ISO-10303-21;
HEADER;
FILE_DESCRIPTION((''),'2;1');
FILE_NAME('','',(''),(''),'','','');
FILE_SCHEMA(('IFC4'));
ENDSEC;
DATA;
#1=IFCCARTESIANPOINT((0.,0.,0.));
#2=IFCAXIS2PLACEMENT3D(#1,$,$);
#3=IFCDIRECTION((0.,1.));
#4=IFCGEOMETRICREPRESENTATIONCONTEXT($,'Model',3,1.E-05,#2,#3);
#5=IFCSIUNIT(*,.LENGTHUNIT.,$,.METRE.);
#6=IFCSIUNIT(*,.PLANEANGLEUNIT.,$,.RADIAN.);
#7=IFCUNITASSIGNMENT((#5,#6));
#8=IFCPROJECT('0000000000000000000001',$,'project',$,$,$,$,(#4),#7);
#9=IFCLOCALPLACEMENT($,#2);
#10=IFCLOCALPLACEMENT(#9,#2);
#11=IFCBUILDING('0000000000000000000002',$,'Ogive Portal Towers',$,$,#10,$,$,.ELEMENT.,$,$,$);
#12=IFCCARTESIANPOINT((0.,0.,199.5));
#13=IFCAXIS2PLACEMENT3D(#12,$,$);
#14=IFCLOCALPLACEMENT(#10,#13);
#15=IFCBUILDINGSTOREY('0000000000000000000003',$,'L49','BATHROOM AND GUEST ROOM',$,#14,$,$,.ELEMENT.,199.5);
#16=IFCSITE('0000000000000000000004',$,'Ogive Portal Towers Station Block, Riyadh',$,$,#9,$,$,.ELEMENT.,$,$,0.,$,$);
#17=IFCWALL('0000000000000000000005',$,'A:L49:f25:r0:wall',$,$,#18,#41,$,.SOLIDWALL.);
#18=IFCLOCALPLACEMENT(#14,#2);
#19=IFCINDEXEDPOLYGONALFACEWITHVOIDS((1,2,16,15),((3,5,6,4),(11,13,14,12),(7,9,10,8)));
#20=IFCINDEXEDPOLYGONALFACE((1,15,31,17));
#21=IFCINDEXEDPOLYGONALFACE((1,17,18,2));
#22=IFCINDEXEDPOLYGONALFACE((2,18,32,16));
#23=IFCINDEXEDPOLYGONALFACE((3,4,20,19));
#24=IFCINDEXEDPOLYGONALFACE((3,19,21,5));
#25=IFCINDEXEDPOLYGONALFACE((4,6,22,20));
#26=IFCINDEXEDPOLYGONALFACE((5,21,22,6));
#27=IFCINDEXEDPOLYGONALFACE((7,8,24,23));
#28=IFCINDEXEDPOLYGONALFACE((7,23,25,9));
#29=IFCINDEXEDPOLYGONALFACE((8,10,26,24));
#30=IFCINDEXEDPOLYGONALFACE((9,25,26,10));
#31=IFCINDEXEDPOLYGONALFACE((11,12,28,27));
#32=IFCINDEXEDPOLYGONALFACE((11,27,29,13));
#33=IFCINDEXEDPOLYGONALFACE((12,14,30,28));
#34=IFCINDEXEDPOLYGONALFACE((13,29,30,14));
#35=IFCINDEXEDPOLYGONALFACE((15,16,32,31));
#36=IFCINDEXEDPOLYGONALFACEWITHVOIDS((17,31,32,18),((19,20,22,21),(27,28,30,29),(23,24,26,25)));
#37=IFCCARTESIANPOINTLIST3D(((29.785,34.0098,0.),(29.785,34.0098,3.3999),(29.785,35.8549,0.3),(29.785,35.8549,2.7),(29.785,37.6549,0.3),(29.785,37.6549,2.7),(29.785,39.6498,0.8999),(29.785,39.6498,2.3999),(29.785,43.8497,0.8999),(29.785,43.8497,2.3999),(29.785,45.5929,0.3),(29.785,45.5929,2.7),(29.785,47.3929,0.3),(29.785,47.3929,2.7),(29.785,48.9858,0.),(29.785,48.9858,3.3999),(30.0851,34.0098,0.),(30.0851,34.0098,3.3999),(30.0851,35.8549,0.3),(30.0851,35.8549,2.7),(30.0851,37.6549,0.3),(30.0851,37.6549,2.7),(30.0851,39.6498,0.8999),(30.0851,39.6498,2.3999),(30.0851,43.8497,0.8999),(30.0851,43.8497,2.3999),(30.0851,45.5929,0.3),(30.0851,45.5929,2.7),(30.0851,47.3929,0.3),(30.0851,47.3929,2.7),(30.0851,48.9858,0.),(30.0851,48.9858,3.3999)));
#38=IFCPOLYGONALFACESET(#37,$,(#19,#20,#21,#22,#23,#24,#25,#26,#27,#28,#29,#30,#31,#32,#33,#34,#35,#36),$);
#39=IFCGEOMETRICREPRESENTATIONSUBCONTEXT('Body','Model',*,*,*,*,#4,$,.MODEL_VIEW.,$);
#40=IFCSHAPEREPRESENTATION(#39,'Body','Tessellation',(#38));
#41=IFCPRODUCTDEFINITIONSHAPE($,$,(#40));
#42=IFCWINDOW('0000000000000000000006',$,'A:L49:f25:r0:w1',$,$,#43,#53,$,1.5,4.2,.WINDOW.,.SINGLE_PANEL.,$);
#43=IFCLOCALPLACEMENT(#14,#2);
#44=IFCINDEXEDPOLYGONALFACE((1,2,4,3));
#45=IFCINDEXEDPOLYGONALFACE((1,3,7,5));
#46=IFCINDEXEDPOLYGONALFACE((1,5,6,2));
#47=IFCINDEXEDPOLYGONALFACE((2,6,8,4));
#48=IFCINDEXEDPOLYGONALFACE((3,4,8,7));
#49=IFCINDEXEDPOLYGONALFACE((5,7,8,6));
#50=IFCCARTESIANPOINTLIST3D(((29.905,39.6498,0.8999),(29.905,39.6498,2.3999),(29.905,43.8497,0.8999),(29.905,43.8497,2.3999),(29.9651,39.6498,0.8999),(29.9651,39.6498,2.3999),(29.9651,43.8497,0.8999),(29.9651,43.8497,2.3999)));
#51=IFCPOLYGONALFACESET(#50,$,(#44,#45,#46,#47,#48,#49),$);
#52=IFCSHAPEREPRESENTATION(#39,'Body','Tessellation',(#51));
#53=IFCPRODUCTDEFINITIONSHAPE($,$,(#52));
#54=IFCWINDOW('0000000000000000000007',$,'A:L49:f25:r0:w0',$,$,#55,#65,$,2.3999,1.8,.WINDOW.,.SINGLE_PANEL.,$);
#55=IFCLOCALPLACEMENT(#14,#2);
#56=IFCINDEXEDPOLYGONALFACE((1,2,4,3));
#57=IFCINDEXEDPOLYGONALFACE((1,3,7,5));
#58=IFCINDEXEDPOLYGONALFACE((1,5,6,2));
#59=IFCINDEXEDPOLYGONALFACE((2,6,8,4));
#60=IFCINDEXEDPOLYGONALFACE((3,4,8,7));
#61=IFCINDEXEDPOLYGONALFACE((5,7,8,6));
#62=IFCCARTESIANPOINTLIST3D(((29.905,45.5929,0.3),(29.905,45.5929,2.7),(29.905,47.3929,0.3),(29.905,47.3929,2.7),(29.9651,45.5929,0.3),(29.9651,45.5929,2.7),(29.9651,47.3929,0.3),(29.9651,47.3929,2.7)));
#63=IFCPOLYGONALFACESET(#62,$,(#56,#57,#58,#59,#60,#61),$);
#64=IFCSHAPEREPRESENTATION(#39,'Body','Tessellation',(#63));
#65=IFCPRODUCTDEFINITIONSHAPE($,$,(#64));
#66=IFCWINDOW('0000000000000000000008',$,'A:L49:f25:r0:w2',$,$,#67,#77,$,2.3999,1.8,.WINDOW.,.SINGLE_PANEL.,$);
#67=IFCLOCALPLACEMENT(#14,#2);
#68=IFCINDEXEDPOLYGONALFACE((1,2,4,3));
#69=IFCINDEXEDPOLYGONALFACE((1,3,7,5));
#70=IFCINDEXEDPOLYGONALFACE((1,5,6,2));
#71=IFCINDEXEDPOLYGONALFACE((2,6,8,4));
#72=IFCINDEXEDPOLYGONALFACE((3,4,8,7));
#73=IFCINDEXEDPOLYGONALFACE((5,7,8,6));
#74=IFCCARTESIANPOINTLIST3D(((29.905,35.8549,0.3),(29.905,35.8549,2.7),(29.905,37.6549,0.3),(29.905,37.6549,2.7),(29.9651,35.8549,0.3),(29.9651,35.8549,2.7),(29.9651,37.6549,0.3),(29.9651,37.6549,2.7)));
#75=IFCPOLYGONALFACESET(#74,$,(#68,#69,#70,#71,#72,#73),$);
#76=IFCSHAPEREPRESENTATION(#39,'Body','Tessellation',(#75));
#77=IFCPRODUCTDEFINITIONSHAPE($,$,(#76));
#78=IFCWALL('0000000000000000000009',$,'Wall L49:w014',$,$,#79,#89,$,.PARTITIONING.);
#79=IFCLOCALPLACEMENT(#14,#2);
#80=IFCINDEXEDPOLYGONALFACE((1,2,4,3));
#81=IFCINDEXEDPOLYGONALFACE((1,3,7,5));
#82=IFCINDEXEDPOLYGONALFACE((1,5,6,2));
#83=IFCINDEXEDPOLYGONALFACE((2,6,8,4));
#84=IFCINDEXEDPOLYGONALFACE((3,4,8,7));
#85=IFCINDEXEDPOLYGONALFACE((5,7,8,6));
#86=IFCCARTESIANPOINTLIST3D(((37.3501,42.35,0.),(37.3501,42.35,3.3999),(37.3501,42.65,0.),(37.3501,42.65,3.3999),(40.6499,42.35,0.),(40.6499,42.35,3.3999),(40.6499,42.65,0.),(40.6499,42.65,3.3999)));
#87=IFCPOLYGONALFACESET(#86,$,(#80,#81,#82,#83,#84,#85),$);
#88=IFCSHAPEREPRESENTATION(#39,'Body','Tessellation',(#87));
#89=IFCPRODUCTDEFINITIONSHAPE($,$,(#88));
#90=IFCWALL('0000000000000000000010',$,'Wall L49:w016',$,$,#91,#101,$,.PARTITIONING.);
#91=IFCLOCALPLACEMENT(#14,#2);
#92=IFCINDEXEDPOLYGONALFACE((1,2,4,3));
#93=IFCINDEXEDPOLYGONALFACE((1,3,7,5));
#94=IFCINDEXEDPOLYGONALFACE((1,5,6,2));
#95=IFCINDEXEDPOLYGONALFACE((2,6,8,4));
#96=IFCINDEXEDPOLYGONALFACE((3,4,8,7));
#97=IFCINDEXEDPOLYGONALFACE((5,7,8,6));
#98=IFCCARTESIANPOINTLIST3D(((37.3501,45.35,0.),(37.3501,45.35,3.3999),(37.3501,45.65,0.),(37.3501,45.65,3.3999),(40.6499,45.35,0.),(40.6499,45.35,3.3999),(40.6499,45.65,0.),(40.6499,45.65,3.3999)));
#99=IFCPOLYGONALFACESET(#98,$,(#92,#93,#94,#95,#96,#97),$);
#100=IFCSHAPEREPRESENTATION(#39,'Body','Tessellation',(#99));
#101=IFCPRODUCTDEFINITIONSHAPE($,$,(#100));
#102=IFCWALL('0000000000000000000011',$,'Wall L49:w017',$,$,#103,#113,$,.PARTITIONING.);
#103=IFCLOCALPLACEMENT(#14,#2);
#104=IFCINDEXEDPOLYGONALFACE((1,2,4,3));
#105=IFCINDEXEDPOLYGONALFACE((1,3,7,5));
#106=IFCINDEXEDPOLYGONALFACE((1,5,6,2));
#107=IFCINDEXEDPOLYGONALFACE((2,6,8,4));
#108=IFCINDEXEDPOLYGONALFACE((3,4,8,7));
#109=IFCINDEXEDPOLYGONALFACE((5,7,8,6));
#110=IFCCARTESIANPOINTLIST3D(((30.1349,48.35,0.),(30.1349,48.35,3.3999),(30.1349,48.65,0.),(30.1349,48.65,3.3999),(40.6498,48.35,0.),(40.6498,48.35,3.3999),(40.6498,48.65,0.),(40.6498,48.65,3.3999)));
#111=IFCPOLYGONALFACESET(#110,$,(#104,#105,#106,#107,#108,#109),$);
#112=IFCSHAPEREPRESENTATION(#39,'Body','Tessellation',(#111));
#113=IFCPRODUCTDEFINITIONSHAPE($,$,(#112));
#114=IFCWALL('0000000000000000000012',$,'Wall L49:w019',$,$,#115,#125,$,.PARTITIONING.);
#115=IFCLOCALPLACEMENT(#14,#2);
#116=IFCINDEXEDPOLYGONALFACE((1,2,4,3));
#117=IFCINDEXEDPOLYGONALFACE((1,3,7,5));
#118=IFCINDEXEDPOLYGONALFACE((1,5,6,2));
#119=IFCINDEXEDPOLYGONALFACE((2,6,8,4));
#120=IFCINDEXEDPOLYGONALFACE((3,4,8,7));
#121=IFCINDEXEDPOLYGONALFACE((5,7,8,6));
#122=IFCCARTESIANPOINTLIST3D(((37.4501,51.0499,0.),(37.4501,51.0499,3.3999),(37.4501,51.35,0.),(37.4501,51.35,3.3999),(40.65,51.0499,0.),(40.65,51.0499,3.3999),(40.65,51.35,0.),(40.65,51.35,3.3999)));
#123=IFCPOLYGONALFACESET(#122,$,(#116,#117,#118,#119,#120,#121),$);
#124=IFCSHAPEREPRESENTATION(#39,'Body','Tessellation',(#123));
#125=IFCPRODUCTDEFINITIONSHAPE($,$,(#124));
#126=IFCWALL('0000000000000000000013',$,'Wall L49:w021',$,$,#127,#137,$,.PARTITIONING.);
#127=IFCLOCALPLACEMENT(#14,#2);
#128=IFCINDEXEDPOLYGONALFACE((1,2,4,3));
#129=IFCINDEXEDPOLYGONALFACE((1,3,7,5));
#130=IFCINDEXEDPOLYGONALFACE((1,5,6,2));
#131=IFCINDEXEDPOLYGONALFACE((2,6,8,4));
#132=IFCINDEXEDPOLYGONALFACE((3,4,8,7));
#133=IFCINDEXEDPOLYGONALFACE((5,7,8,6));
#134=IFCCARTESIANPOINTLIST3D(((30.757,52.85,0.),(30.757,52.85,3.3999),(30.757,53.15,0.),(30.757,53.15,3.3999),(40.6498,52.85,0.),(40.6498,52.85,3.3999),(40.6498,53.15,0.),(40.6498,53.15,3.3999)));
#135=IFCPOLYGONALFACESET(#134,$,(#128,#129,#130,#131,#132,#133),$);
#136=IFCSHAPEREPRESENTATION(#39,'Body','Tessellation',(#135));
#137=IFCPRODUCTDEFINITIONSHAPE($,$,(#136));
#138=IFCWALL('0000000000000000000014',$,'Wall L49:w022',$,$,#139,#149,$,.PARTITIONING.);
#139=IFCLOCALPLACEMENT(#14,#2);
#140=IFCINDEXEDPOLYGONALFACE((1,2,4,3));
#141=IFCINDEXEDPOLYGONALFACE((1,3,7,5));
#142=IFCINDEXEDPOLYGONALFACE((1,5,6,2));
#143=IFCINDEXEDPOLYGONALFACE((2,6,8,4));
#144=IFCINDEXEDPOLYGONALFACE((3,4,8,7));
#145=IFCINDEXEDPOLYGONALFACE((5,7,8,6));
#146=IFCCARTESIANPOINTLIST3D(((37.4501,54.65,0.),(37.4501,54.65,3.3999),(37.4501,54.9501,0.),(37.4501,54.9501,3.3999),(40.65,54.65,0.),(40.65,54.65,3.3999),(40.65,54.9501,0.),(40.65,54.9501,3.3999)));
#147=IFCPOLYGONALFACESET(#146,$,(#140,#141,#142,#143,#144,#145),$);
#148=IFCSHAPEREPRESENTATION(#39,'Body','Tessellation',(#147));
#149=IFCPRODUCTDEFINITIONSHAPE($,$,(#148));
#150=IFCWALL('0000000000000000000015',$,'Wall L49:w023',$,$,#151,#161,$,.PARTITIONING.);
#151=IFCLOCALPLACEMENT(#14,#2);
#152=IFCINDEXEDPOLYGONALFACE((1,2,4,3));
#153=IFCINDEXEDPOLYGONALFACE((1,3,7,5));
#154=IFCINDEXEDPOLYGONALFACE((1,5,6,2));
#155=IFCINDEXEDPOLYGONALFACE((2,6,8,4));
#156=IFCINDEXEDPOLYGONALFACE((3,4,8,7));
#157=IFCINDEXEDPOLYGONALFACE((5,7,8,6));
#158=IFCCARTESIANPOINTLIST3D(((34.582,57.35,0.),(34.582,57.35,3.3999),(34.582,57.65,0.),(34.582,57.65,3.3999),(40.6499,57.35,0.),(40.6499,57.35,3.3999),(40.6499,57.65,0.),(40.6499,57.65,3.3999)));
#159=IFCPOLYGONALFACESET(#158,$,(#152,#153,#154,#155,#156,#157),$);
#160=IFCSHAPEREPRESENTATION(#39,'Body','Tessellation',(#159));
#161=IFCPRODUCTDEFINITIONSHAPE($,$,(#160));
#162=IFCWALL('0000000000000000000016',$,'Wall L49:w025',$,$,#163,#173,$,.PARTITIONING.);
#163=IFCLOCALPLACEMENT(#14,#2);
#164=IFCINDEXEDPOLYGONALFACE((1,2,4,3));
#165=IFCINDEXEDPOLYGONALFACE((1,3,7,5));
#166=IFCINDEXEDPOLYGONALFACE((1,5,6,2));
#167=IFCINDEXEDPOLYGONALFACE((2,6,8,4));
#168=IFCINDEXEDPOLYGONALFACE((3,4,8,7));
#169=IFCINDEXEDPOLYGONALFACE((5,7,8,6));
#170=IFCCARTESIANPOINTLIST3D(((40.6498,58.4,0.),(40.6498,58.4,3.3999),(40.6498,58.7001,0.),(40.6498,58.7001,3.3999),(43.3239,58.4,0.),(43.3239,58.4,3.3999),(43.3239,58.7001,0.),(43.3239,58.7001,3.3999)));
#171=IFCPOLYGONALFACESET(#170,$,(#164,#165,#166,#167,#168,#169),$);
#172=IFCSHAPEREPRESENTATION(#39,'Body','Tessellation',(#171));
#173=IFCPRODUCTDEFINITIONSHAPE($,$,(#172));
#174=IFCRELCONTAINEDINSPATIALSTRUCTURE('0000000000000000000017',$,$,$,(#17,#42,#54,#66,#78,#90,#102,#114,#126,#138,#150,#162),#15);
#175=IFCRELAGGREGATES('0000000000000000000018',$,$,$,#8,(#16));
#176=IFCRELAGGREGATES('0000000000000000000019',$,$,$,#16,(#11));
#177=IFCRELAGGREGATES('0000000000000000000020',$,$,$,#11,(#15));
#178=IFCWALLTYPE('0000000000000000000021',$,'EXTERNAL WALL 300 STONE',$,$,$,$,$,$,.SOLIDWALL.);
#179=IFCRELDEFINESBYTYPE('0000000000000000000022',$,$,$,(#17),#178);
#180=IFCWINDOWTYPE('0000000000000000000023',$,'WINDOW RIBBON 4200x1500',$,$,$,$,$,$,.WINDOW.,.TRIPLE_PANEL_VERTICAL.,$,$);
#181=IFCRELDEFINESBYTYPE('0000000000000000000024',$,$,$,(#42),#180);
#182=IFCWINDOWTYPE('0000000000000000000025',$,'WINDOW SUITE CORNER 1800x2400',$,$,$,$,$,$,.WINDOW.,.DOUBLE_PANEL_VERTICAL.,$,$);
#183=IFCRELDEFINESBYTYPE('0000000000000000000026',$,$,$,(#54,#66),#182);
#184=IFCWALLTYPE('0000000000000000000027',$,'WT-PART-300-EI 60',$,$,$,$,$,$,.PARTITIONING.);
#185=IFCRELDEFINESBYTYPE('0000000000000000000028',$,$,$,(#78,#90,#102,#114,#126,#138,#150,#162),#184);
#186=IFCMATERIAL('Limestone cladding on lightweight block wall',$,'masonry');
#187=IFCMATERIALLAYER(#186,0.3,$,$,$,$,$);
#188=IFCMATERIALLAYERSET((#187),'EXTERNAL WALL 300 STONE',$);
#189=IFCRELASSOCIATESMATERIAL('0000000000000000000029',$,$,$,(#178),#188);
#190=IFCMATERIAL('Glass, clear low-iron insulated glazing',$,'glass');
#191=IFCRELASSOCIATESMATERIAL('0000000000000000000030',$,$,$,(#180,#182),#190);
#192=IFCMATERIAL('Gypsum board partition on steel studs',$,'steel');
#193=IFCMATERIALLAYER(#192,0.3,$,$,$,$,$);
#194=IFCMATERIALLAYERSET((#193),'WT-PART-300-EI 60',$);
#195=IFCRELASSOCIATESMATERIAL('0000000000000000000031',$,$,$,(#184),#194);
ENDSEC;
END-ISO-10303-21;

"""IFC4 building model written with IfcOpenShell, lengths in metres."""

from ifc_helpers import new_model, si_unit, direction, frame, frame_2d, origin, place, context, subcontext, project, spatial, rectangle, extrude, material, layer, layer_set, type_object, element, fill, save


model = new_model("IFC4")

# Units and contexts
model_context = context("Model", 3, precision=1e-05, world=origin(), true_north=direction((0.0, 1.0)))
body_context = subcontext(model_context, "Body", "Model", "MODEL_VIEW")
ifc_project = project(units=[si_unit("LENGTHUNIT", "METRE"), si_unit("PLANEANGLEUNIT", "RADIAN")], contexts=[model_context])

# Site, building, storey
site_placement = place(None, origin())
site = spatial("IfcSite", under=ifc_project, at=site_placement, Name="Ogive Portal Towers Station Block, Riyadh", CompositionType="ELEMENT", RefElevation=0.0)
building_placement = place(site_placement, origin())
building = spatial("IfcBuilding", under=site, at=building_placement, Name="Ogive Portal Towers", CompositionType="ELEMENT")
storey_placement = place(building_placement, frame((0.0, 0.0, 199.5)))
storey = spatial("IfcBuildingStorey", under=building, at=storey_placement, Name="L49", Description="BATHROOM AND GUEST ROOM", CompositionType="ELEMENT", Elevation=199.5)

# Shared definitions
ifc_material_1 = material(Name="Glass, clear low-iron insulated glazing", Category="glass")

# Wall, openings, windows
ifc_material_2 = material(Name="Limestone cladding on lightweight block wall", Category="masonry")
ifc_layer_1 = layer(ifc_material_2, 0.3)
ifc_layer_set_1 = layer_set([ifc_layer_1], Name="EXTERNAL WALL 300 STONE")
wall_type_1 = type_object("IfcWallType", Name="EXTERNAL WALL 300 STONE", PredefinedType="SOLIDWALL", material=ifc_layer_set_1)
wall_1_placement = place(storey_placement, frame((29.9351, 48.9858, 0.0), z_axis=(0.0, 0.0, 1.0), x_axis=(0.0, -1.0, 0.0)))
wall_1 = element("IfcWall", 1, at=wall_1_placement, inside=storey, type_object=wall_type_1, Name="A:L49:f25:r0:wall", PredefinedType="SOLIDWALL", context=body_context, shape_type="SweptSolid", body=[
    extrude(rectangle(XDim=14.9761, YDim=0.3, at=frame_2d((7.488, 0.0))), origin(), (0.0, 0.0, 1.0), 3.3999),
])
opening_1_placement = place(wall_1_placement, frame((1.593, 0.0, 0.3)))
opening_1 = element("IfcOpeningElement", 2, at=opening_1_placement, cuts=wall_1, PredefinedType="OPENING", context=body_context, shape_type="SweptSolid", body=[
    extrude(rectangle(XDim=1.8, YDim=2.3999, at=frame_2d((0.8999, 1.2))), frame((0.0, 0.1602, 0.0), z_axis=(0.0, -1.0, 0.0), x_axis=(1.0, 0.0, 0.0)), (0.0, 0.0, 1.0), 0.3201),
])
opening_2_placement = place(wall_1_placement, frame((5.136, 0.0, 0.8999)))
opening_2 = element("IfcOpeningElement", 3, at=opening_2_placement, cuts=wall_1, PredefinedType="OPENING", context=body_context, shape_type="SweptSolid", body=[
    extrude(rectangle(XDim=4.2, YDim=1.5, at=frame_2d((2.1001, 0.75))), frame((0.0, 0.1602, 0.0), z_axis=(0.0, -1.0, 0.0), x_axis=(1.0, 0.0, 0.0)), (0.0, 0.0, 1.0), 0.3201),
])
opening_3_placement = place(wall_1_placement, frame((11.3311, 0.0, 0.3)))
opening_3 = element("IfcOpeningElement", 4, at=opening_3_placement, cuts=wall_1, PredefinedType="OPENING", context=body_context, shape_type="SweptSolid", body=[
    extrude(rectangle(XDim=1.8, YDim=2.3999, at=frame_2d((0.8999, 1.2))), frame((0.0, 0.1602, 0.0), z_axis=(0.0, -1.0, 0.0), x_axis=(1.0, 0.0, 0.0)), (0.0, 0.0, 1.0), 0.3201),
])
window_type_1 = type_object("IfcWindowType", Name="WINDOW RIBBON 4200x1500", PartitioningType="TRIPLE_PANEL_VERTICAL", PredefinedType="WINDOW", material=ifc_material_1)
window_1_placement = place(opening_2_placement, origin())
window_1 = element("IfcWindow", 5, at=window_1_placement, inside=storey, type_object=window_type_1, Name="A:L49:f25:r0:w1", OverallHeight=1.5, OverallWidth=4.2, PartitioningType="SINGLE_PANEL", PredefinedType="WINDOW", context=body_context, shape_type="SweptSolid", body=[
    extrude(rectangle(XDim=4.2, YDim=1.5, at=frame_2d((2.1001, 0.75))), frame((0.0, 0.03, 0.0), z_axis=(0.0, -1.0, 0.0), x_axis=(1.0, 0.0, 0.0)), (0.0, 0.0, 1.0), 0.0601),
])
fill(opening_2, window_1)
window_type_2 = type_object("IfcWindowType", Name="WINDOW SUITE CORNER 1800x2400", PartitioningType="DOUBLE_PANEL_VERTICAL", PredefinedType="WINDOW", material=ifc_material_1)
window_2_placement = place(opening_1_placement, origin())
window_2 = element("IfcWindow", 6, at=window_2_placement, inside=storey, type_object=window_type_2, Name="A:L49:f25:r0:w0", OverallHeight=2.3999, OverallWidth=1.8, PartitioningType="SINGLE_PANEL", PredefinedType="WINDOW", context=body_context, shape_type="SweptSolid", body=[
    extrude(rectangle(XDim=1.8, YDim=2.3999, at=frame_2d((0.8999, 1.2))), frame((0.0, 0.03, 0.0), z_axis=(0.0, -1.0, 0.0), x_axis=(1.0, 0.0, 0.0)), (0.0, 0.0, 1.0), 0.0601),
])
fill(opening_1, window_2)
window_3_placement = place(opening_3_placement, origin())
window_3 = element("IfcWindow", 7, at=window_3_placement, inside=storey, type_object=window_type_2, Name="A:L49:f25:r0:w2", OverallHeight=2.3999, OverallWidth=1.8, PartitioningType="SINGLE_PANEL", PredefinedType="WINDOW", context=body_context, shape_type="SweptSolid", body=[
    extrude(rectangle(XDim=1.8, YDim=2.3999, at=frame_2d((0.8999, 1.2))), frame((0.0, 0.03, 0.0), z_axis=(0.0, -1.0, 0.0), x_axis=(1.0, 0.0, 0.0)), (0.0, 0.0, 1.0), 0.0601),
])
fill(opening_3, window_3)

# Walls
ifc_material_3 = material(Name="Gypsum board partition on steel studs", Category="steel")
ifc_layer_2 = layer(ifc_material_3, 0.3)
ifc_layer_set_2 = layer_set([ifc_layer_2], Name="WT-PART-300-EI 60")
wall_type_2 = type_object("IfcWallType", Name="WT-PART-300-EI 60", PredefinedType="PARTITIONING", material=ifc_layer_set_2)
for number, where, z_axis, x_axis, name in (
    (8, (37.3501, 42.5, 0.0), (0.0, 0.0, 1.0), (1.0, 0.0, 0.0), "Wall L49:w014"),
    (9, (37.3501, 45.5, 0.0), (0.0, 0.0, 1.0), (1.0, 0.0, 0.0), "Wall L49:w016"),
):
    element("IfcWall", number, at=place(storey_placement, frame(where, z_axis=z_axis, x_axis=x_axis)), inside=storey, type_object=wall_type_2, Name=name, PredefinedType="PARTITIONING", context=body_context, shape_type="SweptSolid", body=[
        extrude(rectangle(XDim=3.2998, YDim=0.3, at=frame_2d((1.6499, 0.0))), origin(), (0.0, 0.0, 1.0), 3.3999),
    ])
wall_2_placement = place(storey_placement, frame((30.135, 48.5, 0.0), z_axis=(0.0, 0.0, 1.0), x_axis=(1.0, 0.0, 0.0)))
element("IfcWall", 10, at=wall_2_placement, inside=storey, type_object=wall_type_2, Name="Wall L49:w017", PredefinedType="PARTITIONING", context=body_context, shape_type="SweptSolid", body=[
    extrude(rectangle(XDim=10.5149, YDim=0.3, at=frame_2d((5.2573, 0.0))), origin(), (0.0, 0.0, 1.0), 3.3999),
])
wall_3_placement = place(storey_placement, frame((37.45, 51.2, 0.0), z_axis=(0.0, 0.0, 1.0), x_axis=(1.0, 0.0, 0.0)))
element("IfcWall", 11, at=wall_3_placement, inside=storey, type_object=wall_type_2, Name="Wall L49:w019", PredefinedType="PARTITIONING", context=body_context, shape_type="SweptSolid", body=[
    extrude(rectangle(XDim=3.2, YDim=0.3, at=frame_2d((1.6001, 0.0))), origin(), (0.0, 0.0, 1.0), 3.3999),
])
wall_4_placement = place(storey_placement, frame((30.7571, 53.0, 0.0), z_axis=(0.0, 0.0, 1.0), x_axis=(1.0, 0.0, 0.0)))
element("IfcWall", 12, at=wall_4_placement, inside=storey, type_object=wall_type_2, Name="Wall L49:w021", PredefinedType="PARTITIONING", context=body_context, shape_type="SweptSolid", body=[
    extrude(rectangle(XDim=9.8928, YDim=0.3, at=frame_2d((4.9463, 0.0))), origin(), (0.0, 0.0, 1.0), 3.3999),
])
wall_5_placement = place(storey_placement, frame((37.45, 54.8, 0.0), z_axis=(0.0, 0.0, 1.0), x_axis=(1.0, 0.0, 0.0)))
element("IfcWall", 13, at=wall_5_placement, inside=storey, type_object=wall_type_2, Name="Wall L49:w022", PredefinedType="PARTITIONING", context=body_context, shape_type="SweptSolid", body=[
    extrude(rectangle(XDim=3.2, YDim=0.3, at=frame_2d((1.6001, 0.0))), origin(), (0.0, 0.0, 1.0), 3.3999),
])
wall_6_placement = place(storey_placement, frame((34.582, 57.5, 0.0), z_axis=(0.0, 0.0, 1.0), x_axis=(1.0, 0.0, 0.0)))
element("IfcWall", 14, at=wall_6_placement, inside=storey, type_object=wall_type_2, Name="Wall L49:w023", PredefinedType="PARTITIONING", context=body_context, shape_type="SweptSolid", body=[
    extrude(rectangle(XDim=6.0679, YDim=0.3, at=frame_2d((3.0339, 0.0))), origin(), (0.0, 0.0, 1.0), 3.3999),
])
wall_7_placement = place(storey_placement, frame((40.6499, 58.55, 0.0), z_axis=(0.0, 0.0, 1.0), x_axis=(1.0, 0.0, 0.0)))
element("IfcWall", 15, at=wall_7_placement, inside=storey, type_object=wall_type_2, Name="Wall L49:w025", PredefinedType="PARTITIONING", context=body_context, shape_type="SweptSolid", body=[
    extrude(rectangle(XDim=2.6741, YDim=0.3, at=frame_2d((1.3369, 0.0))), origin(), (0.0, 0.0, 1.0), 3.3999),
])

save(model, "model.ifc")
